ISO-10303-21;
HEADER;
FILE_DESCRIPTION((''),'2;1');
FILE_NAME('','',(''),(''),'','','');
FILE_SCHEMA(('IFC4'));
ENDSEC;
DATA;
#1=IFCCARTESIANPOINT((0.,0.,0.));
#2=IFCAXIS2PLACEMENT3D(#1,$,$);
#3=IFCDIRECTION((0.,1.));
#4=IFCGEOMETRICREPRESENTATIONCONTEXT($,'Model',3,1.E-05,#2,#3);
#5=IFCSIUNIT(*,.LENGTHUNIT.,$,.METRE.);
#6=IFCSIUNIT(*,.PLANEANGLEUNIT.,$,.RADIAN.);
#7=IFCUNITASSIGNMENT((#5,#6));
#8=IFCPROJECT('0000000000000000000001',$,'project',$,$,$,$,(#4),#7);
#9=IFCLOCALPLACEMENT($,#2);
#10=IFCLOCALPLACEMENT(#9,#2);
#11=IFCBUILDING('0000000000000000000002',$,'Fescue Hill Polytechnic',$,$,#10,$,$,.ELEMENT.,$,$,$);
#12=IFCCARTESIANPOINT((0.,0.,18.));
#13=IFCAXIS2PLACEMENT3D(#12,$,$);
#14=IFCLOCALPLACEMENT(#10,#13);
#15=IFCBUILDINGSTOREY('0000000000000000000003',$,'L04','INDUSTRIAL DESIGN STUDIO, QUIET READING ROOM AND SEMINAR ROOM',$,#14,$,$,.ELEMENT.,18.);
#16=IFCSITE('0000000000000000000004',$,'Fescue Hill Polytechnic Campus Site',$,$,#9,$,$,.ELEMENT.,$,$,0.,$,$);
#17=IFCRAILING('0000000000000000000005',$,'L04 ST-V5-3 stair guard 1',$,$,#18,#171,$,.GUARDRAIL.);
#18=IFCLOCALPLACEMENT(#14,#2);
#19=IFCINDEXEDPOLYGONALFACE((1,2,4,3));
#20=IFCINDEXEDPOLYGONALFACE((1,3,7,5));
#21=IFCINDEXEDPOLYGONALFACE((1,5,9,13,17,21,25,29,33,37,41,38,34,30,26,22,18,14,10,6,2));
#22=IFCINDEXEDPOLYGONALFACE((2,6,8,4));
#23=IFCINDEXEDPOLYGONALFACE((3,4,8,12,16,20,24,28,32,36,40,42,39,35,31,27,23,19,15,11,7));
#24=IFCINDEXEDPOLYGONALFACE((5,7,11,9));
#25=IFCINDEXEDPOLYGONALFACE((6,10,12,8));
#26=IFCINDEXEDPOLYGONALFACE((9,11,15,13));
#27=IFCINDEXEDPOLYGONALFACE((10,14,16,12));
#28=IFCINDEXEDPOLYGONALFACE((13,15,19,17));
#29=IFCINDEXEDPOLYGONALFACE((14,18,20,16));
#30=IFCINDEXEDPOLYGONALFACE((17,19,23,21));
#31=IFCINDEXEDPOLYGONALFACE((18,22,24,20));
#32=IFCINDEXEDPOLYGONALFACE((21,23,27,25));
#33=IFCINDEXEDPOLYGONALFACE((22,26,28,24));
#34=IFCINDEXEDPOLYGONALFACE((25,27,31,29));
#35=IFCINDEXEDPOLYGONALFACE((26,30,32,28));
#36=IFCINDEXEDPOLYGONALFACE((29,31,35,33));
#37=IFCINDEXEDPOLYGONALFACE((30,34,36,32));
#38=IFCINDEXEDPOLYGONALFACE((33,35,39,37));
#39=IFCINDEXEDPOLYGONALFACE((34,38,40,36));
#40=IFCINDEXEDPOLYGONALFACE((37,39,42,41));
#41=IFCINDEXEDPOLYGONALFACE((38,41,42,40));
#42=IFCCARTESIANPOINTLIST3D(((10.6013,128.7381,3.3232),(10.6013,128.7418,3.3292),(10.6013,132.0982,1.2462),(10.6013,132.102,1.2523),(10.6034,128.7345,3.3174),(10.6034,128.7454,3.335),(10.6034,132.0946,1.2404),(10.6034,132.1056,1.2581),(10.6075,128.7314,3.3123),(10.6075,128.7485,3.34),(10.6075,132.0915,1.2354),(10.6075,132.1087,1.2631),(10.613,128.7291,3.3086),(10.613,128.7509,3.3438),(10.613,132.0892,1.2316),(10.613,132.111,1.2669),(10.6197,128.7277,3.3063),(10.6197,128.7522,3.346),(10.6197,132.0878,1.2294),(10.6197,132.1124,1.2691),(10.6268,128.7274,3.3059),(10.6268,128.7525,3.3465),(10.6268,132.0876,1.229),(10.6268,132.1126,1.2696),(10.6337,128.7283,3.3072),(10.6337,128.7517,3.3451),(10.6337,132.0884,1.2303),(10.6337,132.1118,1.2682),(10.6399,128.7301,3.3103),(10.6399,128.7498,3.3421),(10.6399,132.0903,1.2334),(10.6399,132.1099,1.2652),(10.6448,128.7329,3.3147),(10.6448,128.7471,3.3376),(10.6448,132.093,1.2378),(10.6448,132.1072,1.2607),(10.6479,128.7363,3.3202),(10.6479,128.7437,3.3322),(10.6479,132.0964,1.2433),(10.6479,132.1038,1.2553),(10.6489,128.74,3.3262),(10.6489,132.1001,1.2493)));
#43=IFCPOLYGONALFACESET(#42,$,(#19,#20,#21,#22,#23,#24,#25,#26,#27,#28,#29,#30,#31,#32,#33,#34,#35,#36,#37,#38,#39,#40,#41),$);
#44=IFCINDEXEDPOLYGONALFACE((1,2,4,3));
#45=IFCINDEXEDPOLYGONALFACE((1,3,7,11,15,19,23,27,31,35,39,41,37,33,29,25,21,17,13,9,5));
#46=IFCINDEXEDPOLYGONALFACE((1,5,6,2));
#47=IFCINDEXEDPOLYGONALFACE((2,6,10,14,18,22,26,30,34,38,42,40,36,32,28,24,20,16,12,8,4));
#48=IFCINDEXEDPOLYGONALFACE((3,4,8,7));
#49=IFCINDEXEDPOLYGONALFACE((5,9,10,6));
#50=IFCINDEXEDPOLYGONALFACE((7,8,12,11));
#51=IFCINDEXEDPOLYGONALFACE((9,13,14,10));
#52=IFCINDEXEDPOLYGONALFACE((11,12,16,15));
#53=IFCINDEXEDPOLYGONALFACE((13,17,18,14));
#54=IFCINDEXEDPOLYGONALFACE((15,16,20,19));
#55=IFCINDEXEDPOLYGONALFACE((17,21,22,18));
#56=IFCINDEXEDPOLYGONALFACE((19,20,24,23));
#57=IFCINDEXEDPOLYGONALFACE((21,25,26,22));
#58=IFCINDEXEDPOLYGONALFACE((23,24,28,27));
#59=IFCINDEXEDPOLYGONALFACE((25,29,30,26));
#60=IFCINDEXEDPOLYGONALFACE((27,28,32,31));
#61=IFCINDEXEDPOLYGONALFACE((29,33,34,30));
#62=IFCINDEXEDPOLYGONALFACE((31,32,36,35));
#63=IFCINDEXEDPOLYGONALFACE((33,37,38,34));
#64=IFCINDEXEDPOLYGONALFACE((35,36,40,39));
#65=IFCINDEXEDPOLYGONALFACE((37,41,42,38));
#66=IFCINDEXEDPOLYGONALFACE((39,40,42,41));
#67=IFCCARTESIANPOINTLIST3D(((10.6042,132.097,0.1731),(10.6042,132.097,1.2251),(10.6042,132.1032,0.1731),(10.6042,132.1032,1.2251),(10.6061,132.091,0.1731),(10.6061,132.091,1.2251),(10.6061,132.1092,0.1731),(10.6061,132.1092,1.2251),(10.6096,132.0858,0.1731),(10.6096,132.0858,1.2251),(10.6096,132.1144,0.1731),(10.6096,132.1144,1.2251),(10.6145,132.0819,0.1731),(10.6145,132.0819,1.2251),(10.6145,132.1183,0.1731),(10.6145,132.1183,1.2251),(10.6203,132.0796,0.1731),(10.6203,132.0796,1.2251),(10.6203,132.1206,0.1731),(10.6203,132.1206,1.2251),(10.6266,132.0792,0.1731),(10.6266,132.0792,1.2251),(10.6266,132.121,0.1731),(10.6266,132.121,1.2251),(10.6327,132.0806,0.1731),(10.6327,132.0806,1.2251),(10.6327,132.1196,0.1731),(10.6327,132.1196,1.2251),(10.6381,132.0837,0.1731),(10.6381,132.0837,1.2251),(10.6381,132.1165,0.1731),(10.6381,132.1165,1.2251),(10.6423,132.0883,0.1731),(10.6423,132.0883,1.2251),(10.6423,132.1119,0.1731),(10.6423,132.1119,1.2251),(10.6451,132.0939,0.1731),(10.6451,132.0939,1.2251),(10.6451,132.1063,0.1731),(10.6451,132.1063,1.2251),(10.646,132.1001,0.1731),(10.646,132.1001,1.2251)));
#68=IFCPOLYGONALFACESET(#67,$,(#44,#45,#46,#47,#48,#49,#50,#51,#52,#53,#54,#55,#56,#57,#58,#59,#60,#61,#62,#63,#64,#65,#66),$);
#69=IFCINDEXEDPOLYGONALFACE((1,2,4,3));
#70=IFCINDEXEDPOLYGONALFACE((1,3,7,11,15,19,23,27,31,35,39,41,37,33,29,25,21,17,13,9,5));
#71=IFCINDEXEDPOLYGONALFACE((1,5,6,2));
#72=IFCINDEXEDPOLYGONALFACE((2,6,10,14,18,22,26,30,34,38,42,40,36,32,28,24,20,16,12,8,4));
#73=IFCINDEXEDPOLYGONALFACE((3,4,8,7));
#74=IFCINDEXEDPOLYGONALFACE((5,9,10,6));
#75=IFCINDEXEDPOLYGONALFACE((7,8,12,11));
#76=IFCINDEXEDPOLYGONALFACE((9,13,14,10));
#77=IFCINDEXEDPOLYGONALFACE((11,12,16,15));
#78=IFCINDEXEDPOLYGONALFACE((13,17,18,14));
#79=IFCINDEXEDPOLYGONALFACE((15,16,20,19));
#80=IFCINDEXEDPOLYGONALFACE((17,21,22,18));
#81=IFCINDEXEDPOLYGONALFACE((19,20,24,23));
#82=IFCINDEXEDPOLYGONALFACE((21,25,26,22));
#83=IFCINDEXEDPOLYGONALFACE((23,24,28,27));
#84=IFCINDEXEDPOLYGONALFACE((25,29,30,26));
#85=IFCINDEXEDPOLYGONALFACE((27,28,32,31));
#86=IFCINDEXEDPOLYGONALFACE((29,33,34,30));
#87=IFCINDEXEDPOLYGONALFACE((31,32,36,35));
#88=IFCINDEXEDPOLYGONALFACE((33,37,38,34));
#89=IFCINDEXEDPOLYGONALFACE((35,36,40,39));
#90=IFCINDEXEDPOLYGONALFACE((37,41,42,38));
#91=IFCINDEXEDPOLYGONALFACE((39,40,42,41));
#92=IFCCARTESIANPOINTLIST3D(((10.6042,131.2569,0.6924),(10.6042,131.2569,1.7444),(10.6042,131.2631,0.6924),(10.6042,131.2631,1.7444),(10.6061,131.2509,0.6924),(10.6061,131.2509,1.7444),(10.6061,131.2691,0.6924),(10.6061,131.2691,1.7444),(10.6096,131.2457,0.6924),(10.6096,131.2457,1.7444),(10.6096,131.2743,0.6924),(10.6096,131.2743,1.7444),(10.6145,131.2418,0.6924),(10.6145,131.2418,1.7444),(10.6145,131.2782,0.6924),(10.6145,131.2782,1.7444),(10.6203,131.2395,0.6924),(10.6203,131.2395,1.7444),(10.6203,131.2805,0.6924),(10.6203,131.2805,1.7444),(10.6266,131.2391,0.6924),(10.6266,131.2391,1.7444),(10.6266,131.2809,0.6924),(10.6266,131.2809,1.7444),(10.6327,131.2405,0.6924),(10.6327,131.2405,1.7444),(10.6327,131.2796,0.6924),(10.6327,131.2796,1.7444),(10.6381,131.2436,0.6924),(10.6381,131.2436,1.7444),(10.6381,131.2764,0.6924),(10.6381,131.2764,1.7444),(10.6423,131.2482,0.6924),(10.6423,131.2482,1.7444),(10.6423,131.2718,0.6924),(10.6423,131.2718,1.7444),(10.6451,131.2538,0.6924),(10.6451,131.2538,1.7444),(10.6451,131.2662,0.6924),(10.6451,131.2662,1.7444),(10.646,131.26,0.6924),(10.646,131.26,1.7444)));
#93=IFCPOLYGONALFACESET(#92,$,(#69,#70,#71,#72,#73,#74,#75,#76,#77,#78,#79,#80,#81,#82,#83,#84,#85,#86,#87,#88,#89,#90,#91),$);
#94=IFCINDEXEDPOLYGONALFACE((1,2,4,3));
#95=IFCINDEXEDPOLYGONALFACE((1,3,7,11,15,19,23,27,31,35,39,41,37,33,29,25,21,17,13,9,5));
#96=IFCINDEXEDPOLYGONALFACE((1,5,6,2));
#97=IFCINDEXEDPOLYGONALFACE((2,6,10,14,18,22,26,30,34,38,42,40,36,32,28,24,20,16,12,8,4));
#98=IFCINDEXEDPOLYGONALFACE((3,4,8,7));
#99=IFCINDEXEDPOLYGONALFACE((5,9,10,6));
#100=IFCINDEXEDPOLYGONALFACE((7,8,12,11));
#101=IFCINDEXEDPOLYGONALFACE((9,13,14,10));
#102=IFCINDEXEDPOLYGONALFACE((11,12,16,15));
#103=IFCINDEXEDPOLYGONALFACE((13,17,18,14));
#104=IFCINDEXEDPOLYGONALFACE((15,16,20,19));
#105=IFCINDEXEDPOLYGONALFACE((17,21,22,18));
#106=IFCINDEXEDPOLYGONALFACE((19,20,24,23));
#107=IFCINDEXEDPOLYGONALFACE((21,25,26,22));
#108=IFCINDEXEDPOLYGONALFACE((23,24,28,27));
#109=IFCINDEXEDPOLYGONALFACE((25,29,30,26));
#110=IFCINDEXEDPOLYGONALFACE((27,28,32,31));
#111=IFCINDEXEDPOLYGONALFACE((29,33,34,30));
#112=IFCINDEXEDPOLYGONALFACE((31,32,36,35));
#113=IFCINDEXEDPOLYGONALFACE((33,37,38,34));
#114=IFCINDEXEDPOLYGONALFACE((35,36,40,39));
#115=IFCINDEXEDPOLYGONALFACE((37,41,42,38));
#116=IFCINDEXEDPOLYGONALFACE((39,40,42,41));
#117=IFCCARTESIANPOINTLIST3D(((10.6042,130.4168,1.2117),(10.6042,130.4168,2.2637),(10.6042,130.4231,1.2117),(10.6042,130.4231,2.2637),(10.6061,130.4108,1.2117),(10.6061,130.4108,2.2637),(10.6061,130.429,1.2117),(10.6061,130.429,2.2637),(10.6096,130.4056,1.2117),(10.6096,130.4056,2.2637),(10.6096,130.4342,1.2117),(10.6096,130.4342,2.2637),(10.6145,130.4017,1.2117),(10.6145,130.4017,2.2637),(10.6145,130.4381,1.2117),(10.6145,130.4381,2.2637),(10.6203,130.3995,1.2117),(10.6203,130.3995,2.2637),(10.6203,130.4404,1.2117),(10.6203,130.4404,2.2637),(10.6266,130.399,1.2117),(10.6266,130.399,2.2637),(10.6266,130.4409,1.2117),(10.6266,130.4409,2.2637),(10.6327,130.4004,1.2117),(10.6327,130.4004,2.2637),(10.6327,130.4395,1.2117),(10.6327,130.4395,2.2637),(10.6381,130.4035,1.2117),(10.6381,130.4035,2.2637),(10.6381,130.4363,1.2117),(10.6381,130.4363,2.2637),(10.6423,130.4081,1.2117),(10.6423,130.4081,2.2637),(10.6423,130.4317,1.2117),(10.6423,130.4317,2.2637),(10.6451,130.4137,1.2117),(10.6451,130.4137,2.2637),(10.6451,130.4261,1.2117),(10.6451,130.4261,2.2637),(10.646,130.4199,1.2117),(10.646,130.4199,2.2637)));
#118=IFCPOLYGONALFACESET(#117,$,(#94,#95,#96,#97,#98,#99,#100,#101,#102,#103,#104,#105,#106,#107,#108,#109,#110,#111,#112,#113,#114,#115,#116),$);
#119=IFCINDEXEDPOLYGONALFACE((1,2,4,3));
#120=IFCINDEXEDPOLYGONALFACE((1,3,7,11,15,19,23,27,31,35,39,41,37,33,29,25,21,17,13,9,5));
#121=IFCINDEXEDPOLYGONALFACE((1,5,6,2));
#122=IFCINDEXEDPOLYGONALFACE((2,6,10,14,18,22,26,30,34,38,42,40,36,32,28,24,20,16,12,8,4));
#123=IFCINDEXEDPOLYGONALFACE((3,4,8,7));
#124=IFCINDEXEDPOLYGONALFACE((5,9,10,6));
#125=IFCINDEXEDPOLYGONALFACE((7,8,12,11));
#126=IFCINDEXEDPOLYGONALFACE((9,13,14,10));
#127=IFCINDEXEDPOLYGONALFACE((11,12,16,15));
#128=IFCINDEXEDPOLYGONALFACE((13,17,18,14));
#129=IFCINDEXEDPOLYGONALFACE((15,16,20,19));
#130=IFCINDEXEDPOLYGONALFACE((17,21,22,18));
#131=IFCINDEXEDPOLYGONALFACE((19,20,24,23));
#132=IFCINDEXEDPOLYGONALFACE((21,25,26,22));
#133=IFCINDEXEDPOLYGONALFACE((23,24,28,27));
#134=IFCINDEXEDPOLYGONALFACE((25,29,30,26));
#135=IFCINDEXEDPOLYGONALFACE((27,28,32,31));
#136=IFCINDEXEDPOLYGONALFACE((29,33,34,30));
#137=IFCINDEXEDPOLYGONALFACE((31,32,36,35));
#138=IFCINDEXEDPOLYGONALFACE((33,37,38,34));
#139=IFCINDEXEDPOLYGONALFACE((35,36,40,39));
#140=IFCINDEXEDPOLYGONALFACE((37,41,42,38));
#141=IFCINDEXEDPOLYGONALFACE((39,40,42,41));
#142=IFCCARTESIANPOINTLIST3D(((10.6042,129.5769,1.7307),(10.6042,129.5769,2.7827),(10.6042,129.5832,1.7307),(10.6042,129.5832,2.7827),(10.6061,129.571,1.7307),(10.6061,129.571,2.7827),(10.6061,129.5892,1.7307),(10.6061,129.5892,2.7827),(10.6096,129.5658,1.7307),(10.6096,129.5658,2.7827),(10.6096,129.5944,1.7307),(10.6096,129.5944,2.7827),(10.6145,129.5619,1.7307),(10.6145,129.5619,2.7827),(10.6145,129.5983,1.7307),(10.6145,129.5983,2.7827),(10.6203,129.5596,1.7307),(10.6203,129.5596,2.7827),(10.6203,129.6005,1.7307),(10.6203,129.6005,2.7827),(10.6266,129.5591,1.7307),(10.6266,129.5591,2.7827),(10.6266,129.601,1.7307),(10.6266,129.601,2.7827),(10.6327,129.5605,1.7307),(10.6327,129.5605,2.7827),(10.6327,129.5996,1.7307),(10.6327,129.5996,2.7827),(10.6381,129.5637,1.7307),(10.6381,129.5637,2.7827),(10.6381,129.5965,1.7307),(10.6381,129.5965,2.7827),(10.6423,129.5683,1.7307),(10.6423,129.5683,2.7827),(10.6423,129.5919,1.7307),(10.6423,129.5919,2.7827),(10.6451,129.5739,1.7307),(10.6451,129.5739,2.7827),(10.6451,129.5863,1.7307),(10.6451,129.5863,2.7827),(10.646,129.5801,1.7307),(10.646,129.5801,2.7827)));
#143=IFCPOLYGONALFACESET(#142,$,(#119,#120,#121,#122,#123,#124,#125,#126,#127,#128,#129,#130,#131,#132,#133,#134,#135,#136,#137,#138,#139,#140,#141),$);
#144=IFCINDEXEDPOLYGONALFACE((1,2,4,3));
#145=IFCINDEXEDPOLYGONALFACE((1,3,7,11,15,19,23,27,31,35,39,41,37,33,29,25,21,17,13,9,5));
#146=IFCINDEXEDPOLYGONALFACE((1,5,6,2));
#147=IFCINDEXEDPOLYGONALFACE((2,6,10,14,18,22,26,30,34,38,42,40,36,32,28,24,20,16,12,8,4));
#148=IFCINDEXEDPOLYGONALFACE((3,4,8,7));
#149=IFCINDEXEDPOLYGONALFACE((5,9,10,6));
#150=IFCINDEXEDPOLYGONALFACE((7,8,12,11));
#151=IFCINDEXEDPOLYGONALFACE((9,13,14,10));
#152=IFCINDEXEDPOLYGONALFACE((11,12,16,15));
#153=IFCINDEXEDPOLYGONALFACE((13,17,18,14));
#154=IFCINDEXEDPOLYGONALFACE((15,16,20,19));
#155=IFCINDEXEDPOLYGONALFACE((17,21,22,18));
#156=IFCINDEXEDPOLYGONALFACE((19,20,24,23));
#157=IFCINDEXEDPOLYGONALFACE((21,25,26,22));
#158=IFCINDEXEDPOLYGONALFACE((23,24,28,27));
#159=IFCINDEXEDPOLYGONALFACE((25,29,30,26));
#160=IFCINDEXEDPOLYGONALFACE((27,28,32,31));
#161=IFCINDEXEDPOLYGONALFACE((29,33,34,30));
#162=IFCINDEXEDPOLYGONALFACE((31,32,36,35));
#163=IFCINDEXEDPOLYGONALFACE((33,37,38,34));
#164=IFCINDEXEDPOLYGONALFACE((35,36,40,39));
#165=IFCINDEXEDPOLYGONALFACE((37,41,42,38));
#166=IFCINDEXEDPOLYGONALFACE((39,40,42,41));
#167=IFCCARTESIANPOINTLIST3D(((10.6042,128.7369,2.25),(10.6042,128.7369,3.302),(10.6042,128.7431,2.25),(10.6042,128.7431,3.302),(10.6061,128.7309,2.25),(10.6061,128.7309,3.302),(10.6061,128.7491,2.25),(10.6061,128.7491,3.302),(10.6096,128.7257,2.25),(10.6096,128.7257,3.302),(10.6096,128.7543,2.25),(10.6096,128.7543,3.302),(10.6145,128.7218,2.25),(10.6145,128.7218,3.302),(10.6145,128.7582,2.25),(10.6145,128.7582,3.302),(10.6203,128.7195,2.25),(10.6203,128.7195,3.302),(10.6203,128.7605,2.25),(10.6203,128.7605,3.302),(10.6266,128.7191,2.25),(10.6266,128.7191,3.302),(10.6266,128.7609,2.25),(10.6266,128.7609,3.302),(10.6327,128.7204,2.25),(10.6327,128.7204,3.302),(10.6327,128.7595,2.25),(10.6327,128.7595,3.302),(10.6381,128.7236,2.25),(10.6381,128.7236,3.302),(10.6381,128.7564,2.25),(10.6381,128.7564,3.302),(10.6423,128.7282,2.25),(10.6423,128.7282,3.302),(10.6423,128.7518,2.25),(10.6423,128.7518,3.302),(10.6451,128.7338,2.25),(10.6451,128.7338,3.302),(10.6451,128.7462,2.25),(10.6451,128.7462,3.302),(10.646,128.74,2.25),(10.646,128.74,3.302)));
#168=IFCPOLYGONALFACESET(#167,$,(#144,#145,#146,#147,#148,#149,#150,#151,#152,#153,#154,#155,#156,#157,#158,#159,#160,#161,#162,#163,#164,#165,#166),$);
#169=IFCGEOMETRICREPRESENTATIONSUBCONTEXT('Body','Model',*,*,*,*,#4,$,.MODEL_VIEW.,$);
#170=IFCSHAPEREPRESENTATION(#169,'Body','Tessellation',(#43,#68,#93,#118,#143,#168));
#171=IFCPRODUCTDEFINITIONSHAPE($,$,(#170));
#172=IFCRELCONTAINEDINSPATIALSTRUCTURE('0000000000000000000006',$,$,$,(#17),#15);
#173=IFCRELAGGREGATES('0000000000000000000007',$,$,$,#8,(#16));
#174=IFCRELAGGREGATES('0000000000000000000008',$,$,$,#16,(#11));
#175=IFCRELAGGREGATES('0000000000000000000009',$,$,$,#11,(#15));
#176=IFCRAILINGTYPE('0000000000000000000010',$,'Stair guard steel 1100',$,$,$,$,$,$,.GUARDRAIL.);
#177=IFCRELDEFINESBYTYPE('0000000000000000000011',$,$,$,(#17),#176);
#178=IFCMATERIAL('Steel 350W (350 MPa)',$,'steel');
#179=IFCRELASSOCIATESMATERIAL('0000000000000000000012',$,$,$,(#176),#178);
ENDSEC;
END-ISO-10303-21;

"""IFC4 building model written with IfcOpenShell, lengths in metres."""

from ifc_helpers import new_model, si_unit, direction, frame, origin, origin_2d, place, context, subcontext, project, spatial, circle, extrude, material, type_object, element, save


model = new_model("IFC4")

# Units and contexts
model_context = context("Model", 3, precision=1e-05, world=origin(), true_north=direction((0.0, 1.0)))
body_context = subcontext(model_context, "Body", "Model", "MODEL_VIEW")
ifc_project = project(units=[si_unit("LENGTHUNIT", "METRE"), si_unit("PLANEANGLEUNIT", "RADIAN")], contexts=[model_context])

# Site, building, storey
site_placement = place(None, origin())
site = spatial("IfcSite", under=ifc_project, at=site_placement, Name="Fescue Hill Polytechnic Campus Site", CompositionType="ELEMENT", RefElevation=0.0)
building_placement = place(site_placement, origin())
building = spatial("IfcBuilding", under=site, at=building_placement, Name="Fescue Hill Polytechnic", CompositionType="ELEMENT")
storey_placement = place(building_placement, frame((0.0, 0.0, 18.0)))
storey = spatial("IfcBuildingStorey", under=building, at=storey_placement, Name="L04", Description="INDUSTRIAL DESIGN STUDIO, QUIET READING ROOM AND SEMINAR ROOM", CompositionType="ELEMENT", Elevation=18.0)

# Railing
ifc_material_1 = material(Name="Steel 350W (350 MPa)", Category="steel")
railing_type_1 = type_object("IfcRailingType", Name="Stair guard steel 1100", PredefinedType="GUARDRAIL", material=ifc_material_1)
railing_1_placement = place(storey_placement, frame((10.625, 132.1001, 0.1731)))
element("IfcRailing", 1, at=railing_1_placement, inside=storey, type_object=railing_type_1, Name="L04 ST-V5-3 stair guard 1", PredefinedType="GUARDRAIL", context=body_context, shape_type="SweptSolid", body=[
    extrude(circle(Radius=0.0239, at=origin_2d()), frame((0.0, 0.0, 1.0762), z_axis=(0.0, -0.850623, 0.525776), x_axis=(1.0, 0.0, 0.0)), (0.0, 0.0, 1.0), 3.9502),
    extrude(circle(Radius=0.021, at=origin_2d()), origin(), (0.0, 0.0, 1.0), 1.052),
    extrude(circle(Radius=0.021, at=origin_2d()), frame((0.0, -0.8401, 0.5193)), (0.0, 0.0, 1.0), 1.052),
    extrude(circle(Radius=0.021, at=origin_2d()), frame((0.0, -1.6802, 1.0386)), (0.0, 0.0, 1.0), 1.052),
    extrude(circle(Radius=0.021, at=origin_2d()), frame((0.0, -2.52, 1.5576)), (0.0, 0.0, 1.0), 1.052),
    extrude(circle(Radius=0.021, at=origin_2d()), frame((0.0, -3.3601, 2.0769)), (0.0, 0.0, 1.0), 1.052),
])

save(model, "model.ifc")
